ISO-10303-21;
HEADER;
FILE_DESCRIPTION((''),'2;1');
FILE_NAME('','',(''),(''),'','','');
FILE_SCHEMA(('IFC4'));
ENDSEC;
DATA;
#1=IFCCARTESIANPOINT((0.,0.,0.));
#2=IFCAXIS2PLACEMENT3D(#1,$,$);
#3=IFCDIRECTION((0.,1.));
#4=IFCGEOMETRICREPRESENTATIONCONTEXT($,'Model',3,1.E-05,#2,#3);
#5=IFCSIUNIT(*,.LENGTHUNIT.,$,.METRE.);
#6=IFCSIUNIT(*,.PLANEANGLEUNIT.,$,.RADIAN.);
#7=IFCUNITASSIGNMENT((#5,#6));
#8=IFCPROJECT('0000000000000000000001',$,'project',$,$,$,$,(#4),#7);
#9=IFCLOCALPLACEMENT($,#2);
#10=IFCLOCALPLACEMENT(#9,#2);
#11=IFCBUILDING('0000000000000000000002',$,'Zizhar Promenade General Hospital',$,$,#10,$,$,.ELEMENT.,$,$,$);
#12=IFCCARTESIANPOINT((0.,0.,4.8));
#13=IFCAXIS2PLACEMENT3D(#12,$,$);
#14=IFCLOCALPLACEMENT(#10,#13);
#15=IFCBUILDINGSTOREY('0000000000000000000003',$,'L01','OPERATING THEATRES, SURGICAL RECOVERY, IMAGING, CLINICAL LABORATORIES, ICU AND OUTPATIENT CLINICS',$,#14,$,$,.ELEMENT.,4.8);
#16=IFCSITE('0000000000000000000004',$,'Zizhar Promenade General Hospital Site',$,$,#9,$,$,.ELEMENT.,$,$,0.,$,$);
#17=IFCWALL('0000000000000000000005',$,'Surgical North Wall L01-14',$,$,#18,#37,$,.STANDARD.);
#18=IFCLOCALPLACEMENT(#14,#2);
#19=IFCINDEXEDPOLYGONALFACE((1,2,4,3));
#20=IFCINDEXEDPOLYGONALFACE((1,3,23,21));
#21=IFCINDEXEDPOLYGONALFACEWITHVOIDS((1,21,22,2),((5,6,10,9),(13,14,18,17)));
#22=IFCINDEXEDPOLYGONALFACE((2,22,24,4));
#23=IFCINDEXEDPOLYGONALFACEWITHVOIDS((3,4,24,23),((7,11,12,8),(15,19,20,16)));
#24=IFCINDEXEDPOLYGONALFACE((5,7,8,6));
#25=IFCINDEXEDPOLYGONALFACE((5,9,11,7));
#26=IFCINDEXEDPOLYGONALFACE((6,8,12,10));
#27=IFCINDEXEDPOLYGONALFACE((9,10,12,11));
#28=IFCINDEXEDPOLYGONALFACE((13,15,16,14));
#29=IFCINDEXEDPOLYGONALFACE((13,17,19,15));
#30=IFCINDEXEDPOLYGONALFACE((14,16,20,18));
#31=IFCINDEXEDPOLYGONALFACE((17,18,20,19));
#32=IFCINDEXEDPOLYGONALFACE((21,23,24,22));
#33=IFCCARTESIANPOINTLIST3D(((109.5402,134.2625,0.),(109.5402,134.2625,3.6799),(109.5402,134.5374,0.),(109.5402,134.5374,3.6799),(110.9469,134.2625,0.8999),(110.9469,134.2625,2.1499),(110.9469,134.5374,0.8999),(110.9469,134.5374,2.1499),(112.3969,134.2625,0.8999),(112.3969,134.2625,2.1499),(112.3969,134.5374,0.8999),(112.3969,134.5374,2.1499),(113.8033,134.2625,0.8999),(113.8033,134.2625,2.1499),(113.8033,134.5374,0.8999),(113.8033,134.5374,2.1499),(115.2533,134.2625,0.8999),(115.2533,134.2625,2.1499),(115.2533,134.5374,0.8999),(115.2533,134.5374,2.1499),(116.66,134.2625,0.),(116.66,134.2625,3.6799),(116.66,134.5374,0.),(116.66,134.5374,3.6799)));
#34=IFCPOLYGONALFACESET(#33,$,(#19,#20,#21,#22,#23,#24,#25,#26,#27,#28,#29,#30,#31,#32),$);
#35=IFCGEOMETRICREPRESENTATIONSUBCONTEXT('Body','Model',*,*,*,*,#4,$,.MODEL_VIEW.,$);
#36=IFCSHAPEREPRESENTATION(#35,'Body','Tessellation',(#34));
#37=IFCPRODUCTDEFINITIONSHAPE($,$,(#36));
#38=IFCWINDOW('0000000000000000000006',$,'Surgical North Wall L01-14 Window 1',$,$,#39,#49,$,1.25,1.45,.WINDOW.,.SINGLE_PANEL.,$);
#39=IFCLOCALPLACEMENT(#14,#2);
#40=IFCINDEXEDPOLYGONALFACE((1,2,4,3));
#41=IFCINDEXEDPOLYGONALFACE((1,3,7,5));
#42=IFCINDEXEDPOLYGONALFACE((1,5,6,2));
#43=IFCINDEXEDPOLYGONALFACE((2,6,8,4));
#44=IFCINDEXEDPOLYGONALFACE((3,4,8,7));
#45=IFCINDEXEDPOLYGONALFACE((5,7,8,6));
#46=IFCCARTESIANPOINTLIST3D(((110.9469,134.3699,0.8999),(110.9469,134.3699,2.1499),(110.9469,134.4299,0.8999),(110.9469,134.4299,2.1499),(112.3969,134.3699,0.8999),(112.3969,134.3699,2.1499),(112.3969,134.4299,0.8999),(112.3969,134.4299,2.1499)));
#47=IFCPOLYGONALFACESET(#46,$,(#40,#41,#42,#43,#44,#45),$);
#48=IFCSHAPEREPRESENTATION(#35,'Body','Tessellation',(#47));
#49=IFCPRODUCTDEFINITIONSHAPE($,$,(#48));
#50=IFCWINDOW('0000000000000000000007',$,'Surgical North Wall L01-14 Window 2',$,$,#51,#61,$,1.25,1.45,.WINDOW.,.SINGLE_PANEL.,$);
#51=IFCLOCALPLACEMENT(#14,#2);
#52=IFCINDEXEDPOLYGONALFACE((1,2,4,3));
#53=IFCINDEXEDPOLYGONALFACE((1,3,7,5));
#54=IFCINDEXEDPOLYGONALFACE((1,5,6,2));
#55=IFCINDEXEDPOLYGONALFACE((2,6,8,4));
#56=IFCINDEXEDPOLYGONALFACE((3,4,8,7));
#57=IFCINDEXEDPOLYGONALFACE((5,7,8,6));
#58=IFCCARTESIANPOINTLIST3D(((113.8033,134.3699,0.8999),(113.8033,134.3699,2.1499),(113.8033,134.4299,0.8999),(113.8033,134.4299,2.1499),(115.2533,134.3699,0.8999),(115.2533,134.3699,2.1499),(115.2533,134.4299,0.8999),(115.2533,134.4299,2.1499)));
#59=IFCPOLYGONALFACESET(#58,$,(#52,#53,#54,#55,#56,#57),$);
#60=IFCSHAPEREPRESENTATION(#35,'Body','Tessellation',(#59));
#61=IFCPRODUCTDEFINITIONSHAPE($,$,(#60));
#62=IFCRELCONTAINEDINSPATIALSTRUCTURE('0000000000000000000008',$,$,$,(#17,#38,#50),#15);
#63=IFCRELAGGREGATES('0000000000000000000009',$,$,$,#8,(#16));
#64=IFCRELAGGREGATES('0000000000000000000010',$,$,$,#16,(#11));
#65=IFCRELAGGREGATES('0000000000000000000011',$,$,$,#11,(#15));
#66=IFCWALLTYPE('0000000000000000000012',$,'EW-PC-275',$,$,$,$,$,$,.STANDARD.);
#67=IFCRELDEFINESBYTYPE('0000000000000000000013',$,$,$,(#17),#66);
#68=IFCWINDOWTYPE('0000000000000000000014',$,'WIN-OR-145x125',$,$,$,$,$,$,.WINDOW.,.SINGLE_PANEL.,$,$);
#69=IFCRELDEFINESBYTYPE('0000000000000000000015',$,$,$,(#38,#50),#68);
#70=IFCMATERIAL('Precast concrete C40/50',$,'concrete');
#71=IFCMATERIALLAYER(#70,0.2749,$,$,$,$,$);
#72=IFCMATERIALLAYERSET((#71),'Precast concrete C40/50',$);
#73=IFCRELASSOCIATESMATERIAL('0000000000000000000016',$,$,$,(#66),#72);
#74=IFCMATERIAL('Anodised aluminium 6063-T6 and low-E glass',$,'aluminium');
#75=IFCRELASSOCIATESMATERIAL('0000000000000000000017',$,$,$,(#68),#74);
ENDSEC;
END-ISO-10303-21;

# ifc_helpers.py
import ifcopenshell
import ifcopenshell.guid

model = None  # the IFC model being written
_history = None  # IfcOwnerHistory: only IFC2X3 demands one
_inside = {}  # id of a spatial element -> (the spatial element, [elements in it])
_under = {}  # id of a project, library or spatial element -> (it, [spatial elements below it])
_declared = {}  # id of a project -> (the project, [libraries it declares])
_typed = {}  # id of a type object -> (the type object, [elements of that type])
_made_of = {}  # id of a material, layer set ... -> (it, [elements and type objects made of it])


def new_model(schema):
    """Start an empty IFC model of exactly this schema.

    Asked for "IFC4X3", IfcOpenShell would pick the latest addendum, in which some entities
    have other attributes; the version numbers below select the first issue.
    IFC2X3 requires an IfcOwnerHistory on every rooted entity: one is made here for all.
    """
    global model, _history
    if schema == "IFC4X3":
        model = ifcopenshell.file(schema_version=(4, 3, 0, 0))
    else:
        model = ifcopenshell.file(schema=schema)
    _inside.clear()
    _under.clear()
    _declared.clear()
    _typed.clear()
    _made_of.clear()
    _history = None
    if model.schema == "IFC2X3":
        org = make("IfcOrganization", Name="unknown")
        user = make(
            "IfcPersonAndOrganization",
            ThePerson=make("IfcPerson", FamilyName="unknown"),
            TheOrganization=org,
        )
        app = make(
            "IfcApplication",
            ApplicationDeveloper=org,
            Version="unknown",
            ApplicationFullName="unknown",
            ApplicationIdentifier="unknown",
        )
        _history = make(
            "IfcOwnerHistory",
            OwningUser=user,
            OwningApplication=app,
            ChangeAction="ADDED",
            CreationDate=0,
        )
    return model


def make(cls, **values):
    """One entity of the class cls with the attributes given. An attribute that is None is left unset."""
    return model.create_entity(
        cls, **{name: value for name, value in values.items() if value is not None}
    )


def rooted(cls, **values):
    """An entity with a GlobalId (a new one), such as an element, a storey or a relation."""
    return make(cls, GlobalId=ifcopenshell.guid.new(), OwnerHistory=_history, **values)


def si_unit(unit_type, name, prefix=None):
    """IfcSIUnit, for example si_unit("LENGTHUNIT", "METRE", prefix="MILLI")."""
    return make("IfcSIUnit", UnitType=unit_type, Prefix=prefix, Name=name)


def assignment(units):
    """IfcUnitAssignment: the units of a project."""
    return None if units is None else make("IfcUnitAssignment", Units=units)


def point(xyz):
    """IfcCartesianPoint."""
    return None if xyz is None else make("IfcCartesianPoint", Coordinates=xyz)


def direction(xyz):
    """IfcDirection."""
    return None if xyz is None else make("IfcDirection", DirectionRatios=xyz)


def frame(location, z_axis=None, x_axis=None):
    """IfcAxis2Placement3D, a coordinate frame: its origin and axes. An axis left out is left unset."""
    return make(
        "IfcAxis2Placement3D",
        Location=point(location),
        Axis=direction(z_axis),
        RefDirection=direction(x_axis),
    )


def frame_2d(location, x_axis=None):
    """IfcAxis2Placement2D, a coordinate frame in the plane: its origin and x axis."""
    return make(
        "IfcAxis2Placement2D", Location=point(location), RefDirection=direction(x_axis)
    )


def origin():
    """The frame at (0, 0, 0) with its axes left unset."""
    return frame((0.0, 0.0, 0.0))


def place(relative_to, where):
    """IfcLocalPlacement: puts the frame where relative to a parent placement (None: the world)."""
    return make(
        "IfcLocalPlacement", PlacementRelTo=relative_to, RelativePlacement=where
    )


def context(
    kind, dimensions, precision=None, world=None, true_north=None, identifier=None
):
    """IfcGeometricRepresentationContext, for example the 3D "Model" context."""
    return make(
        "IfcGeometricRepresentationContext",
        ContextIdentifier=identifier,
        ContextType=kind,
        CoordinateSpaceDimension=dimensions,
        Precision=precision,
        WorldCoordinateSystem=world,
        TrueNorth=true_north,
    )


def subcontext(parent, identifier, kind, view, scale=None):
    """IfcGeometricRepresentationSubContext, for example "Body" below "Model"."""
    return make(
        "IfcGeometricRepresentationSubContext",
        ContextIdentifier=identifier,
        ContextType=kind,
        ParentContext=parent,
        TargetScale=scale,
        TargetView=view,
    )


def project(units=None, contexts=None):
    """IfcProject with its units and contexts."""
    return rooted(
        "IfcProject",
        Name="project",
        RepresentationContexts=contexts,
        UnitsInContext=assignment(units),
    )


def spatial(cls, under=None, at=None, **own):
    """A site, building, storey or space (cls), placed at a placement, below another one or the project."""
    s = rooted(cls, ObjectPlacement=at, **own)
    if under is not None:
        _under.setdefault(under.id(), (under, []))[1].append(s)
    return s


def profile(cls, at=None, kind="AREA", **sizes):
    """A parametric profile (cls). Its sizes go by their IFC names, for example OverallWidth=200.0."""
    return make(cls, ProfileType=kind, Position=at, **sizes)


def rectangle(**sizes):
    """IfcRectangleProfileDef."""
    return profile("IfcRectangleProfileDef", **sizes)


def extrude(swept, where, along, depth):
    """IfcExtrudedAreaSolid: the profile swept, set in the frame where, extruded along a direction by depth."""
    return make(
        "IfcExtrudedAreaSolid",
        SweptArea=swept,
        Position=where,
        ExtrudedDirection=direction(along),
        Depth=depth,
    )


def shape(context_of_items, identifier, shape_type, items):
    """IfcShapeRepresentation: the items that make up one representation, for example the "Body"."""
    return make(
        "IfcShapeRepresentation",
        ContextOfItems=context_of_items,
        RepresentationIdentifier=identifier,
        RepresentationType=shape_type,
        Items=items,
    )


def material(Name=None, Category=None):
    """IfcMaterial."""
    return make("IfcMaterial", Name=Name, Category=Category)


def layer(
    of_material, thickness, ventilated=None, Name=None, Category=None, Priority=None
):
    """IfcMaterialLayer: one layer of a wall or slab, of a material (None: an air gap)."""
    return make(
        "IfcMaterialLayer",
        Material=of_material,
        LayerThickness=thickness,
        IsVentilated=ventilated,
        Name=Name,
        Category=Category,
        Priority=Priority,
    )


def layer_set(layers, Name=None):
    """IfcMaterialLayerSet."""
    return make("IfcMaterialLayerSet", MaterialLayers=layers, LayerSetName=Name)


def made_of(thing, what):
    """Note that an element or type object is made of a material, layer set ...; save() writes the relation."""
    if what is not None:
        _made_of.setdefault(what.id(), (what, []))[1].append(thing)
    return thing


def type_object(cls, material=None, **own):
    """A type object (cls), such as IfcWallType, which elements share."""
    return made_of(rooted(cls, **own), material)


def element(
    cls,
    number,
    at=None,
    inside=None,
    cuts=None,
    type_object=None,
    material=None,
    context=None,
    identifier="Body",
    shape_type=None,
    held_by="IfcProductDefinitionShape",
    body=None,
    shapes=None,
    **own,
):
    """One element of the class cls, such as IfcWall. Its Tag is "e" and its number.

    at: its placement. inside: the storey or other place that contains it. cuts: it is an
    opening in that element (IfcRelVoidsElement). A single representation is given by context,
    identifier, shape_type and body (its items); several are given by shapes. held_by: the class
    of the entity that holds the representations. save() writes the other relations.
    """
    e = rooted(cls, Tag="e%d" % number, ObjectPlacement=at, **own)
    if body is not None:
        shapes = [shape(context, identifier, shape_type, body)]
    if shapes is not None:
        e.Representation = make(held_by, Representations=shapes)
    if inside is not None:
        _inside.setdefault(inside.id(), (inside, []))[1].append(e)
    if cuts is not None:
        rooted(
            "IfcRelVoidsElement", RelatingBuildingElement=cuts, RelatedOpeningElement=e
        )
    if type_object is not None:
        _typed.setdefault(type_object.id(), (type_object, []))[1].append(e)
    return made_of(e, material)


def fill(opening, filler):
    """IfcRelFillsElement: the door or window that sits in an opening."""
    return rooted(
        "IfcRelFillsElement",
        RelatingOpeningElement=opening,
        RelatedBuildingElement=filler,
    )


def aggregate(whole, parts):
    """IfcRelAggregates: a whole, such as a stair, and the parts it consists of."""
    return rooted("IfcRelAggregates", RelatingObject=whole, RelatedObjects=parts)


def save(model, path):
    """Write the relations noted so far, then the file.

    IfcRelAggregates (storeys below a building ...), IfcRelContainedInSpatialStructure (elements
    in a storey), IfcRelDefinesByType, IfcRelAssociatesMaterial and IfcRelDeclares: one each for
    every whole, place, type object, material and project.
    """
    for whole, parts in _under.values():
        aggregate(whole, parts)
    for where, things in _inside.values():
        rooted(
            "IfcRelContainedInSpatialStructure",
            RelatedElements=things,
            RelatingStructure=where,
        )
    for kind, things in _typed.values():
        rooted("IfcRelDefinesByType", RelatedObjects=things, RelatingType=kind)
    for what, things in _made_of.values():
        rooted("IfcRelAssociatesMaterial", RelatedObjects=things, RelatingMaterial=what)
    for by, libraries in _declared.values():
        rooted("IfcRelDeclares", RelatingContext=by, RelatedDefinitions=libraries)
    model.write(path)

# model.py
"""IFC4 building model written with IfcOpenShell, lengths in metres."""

from ifc_helpers import new_model, si_unit, direction, frame, frame_2d, origin, place, context, subcontext, project, spatial, rectangle, extrude, material, layer, layer_set, type_object, element, fill, save


model = new_model("IFC4")

# Units and contexts
model_context = context("Model", 3, precision=1e-05, world=origin(), true_north=direction((0.0, 1.0)))
body_context = subcontext(model_context, "Body", "Model", "MODEL_VIEW")
ifc_project = project(units=[si_unit("LENGTHUNIT", "METRE"), si_unit("PLANEANGLEUNIT", "RADIAN")], contexts=[model_context])

# Site, building, storey
site_placement = place(None, origin())
site = spatial("IfcSite", under=ifc_project, at=site_placement, Name="Zizhar Promenade General Hospital Site", CompositionType="ELEMENT", RefElevation=0.0)
building_placement = place(site_placement, origin())
building = spatial("IfcBuilding", under=site, at=building_placement, Name="Zizhar Promenade General Hospital", CompositionType="ELEMENT")
storey_placement = place(building_placement, frame((0.0, 0.0, 4.8)))
storey = spatial("IfcBuildingStorey", under=building, at=storey_placement, Name="L01", Description="OPERATING THEATRES, SURGICAL RECOVERY, IMAGING, CLINICAL LABORATORIES, ICU AND OUTPATIENT CLINICS", CompositionType="ELEMENT", Elevation=4.8)

# Wall, openings, windows
ifc_material_1 = material(Name="Precast concrete C40/50", Category="concrete")
ifc_layer_1 = layer(ifc_material_1, 0.2749)
ifc_layer_set_1 = layer_set([ifc_layer_1], Name="Precast concrete C40/50")
wall_type = type_object("IfcWallType", Name="EW-PC-275", PredefinedType="STANDARD", material=ifc_layer_set_1)
wall_placement = place(storey_placement, frame((109.54, 134.3999, 0.0), z_axis=(0.0, 0.0, 1.0), x_axis=(1.0, 0.0, 0.0)))
wall = element("IfcWall", 1, at=wall_placement, inside=storey, type_object=wall_type, Name="Surgical North Wall L01-14", PredefinedType="STANDARD", context=body_context, shape_type="SweptSolid", body=[
    extrude(rectangle(XDim=7.1199, YDim=0.2749, at=frame_2d((3.5601, 0.0))), origin(), (0.0, 0.0, 1.0), 3.6799),
])
opening_1_placement = place(wall_placement, frame((1.4067, 0.0, 0.8999)))
opening_1 = element("IfcOpeningElement", 2, at=opening_1_placement, cuts=wall, PredefinedType="OPENING", context=body_context, shape_type="SweptSolid", body=[
    extrude(rectangle(XDim=1.45, YDim=1.25, at=frame_2d((0.7251, 0.625))), frame((0.0, 0.1475, 0.0), z_axis=(0.0, -1.0, 0.0), x_axis=(1.0, 0.0, 0.0)), (0.0, 0.0, 1.0), 0.2949),
])
opening_2_placement = place(wall_placement, frame((4.2632, 0.0, 0.8999)))
opening_2 = element("IfcOpeningElement", 3, at=opening_2_placement, cuts=wall, PredefinedType="OPENING", context=body_context, shape_type="SweptSolid", body=[
    extrude(rectangle(XDim=1.45, YDim=1.25, at=frame_2d((0.7251, 0.625))), frame((0.0, 0.1475, 0.0), z_axis=(0.0, -1.0, 0.0), x_axis=(1.0, 0.0, 0.0)), (0.0, 0.0, 1.0), 0.2949),
])
ifc_material_2 = material(Name="Anodised aluminium 6063-T6 and low-E glass", Category="aluminium")
window_type = type_object("IfcWindowType", Name="WIN-OR-145x125", PartitioningType="SINGLE_PANEL", PredefinedType="WINDOW", material=ifc_material_2)
window_1_placement = place(opening_1_placement, origin())
window_1 = element("IfcWindow", 4, at=window_1_placement, inside=storey, type_object=window_type, Name="Surgical North Wall L01-14 Window 1", OverallHeight=1.25, OverallWidth=1.45, PartitioningType="SINGLE_PANEL", PredefinedType="WINDOW", context=body_context, shape_type="SweptSolid", body=[
    extrude(rectangle(XDim=1.45, YDim=1.25, at=frame_2d((0.7251, 0.625))), frame((0.0, 0.03, 0.0), z_axis=(0.0, -1.0, 0.0), x_axis=(1.0, 0.0, 0.0)), (0.0, 0.0, 1.0), 0.0601),
])
fill(opening_1, window_1)
window_2_placement = place(opening_2_placement, origin())
window_2 = element("IfcWindow", 5, at=window_2_placement, inside=storey, type_object=window_type, Name="Surgical North Wall L01-14 Window 2", OverallHeight=1.25, OverallWidth=1.45, PartitioningType="SINGLE_PANEL", PredefinedType="WINDOW", context=body_context, shape_type="SweptSolid", body=[
    extrude(rectangle(XDim=1.45, YDim=1.25, at=frame_2d((0.7251, 0.625))), frame((0.0, 0.03, 0.0), z_axis=(0.0, -1.0, 0.0), x_axis=(1.0, 0.0, 0.0)), (0.0, 0.0, 1.0), 0.0601),
])
fill(opening_2, window_2)

save(model, "model.ifc")
